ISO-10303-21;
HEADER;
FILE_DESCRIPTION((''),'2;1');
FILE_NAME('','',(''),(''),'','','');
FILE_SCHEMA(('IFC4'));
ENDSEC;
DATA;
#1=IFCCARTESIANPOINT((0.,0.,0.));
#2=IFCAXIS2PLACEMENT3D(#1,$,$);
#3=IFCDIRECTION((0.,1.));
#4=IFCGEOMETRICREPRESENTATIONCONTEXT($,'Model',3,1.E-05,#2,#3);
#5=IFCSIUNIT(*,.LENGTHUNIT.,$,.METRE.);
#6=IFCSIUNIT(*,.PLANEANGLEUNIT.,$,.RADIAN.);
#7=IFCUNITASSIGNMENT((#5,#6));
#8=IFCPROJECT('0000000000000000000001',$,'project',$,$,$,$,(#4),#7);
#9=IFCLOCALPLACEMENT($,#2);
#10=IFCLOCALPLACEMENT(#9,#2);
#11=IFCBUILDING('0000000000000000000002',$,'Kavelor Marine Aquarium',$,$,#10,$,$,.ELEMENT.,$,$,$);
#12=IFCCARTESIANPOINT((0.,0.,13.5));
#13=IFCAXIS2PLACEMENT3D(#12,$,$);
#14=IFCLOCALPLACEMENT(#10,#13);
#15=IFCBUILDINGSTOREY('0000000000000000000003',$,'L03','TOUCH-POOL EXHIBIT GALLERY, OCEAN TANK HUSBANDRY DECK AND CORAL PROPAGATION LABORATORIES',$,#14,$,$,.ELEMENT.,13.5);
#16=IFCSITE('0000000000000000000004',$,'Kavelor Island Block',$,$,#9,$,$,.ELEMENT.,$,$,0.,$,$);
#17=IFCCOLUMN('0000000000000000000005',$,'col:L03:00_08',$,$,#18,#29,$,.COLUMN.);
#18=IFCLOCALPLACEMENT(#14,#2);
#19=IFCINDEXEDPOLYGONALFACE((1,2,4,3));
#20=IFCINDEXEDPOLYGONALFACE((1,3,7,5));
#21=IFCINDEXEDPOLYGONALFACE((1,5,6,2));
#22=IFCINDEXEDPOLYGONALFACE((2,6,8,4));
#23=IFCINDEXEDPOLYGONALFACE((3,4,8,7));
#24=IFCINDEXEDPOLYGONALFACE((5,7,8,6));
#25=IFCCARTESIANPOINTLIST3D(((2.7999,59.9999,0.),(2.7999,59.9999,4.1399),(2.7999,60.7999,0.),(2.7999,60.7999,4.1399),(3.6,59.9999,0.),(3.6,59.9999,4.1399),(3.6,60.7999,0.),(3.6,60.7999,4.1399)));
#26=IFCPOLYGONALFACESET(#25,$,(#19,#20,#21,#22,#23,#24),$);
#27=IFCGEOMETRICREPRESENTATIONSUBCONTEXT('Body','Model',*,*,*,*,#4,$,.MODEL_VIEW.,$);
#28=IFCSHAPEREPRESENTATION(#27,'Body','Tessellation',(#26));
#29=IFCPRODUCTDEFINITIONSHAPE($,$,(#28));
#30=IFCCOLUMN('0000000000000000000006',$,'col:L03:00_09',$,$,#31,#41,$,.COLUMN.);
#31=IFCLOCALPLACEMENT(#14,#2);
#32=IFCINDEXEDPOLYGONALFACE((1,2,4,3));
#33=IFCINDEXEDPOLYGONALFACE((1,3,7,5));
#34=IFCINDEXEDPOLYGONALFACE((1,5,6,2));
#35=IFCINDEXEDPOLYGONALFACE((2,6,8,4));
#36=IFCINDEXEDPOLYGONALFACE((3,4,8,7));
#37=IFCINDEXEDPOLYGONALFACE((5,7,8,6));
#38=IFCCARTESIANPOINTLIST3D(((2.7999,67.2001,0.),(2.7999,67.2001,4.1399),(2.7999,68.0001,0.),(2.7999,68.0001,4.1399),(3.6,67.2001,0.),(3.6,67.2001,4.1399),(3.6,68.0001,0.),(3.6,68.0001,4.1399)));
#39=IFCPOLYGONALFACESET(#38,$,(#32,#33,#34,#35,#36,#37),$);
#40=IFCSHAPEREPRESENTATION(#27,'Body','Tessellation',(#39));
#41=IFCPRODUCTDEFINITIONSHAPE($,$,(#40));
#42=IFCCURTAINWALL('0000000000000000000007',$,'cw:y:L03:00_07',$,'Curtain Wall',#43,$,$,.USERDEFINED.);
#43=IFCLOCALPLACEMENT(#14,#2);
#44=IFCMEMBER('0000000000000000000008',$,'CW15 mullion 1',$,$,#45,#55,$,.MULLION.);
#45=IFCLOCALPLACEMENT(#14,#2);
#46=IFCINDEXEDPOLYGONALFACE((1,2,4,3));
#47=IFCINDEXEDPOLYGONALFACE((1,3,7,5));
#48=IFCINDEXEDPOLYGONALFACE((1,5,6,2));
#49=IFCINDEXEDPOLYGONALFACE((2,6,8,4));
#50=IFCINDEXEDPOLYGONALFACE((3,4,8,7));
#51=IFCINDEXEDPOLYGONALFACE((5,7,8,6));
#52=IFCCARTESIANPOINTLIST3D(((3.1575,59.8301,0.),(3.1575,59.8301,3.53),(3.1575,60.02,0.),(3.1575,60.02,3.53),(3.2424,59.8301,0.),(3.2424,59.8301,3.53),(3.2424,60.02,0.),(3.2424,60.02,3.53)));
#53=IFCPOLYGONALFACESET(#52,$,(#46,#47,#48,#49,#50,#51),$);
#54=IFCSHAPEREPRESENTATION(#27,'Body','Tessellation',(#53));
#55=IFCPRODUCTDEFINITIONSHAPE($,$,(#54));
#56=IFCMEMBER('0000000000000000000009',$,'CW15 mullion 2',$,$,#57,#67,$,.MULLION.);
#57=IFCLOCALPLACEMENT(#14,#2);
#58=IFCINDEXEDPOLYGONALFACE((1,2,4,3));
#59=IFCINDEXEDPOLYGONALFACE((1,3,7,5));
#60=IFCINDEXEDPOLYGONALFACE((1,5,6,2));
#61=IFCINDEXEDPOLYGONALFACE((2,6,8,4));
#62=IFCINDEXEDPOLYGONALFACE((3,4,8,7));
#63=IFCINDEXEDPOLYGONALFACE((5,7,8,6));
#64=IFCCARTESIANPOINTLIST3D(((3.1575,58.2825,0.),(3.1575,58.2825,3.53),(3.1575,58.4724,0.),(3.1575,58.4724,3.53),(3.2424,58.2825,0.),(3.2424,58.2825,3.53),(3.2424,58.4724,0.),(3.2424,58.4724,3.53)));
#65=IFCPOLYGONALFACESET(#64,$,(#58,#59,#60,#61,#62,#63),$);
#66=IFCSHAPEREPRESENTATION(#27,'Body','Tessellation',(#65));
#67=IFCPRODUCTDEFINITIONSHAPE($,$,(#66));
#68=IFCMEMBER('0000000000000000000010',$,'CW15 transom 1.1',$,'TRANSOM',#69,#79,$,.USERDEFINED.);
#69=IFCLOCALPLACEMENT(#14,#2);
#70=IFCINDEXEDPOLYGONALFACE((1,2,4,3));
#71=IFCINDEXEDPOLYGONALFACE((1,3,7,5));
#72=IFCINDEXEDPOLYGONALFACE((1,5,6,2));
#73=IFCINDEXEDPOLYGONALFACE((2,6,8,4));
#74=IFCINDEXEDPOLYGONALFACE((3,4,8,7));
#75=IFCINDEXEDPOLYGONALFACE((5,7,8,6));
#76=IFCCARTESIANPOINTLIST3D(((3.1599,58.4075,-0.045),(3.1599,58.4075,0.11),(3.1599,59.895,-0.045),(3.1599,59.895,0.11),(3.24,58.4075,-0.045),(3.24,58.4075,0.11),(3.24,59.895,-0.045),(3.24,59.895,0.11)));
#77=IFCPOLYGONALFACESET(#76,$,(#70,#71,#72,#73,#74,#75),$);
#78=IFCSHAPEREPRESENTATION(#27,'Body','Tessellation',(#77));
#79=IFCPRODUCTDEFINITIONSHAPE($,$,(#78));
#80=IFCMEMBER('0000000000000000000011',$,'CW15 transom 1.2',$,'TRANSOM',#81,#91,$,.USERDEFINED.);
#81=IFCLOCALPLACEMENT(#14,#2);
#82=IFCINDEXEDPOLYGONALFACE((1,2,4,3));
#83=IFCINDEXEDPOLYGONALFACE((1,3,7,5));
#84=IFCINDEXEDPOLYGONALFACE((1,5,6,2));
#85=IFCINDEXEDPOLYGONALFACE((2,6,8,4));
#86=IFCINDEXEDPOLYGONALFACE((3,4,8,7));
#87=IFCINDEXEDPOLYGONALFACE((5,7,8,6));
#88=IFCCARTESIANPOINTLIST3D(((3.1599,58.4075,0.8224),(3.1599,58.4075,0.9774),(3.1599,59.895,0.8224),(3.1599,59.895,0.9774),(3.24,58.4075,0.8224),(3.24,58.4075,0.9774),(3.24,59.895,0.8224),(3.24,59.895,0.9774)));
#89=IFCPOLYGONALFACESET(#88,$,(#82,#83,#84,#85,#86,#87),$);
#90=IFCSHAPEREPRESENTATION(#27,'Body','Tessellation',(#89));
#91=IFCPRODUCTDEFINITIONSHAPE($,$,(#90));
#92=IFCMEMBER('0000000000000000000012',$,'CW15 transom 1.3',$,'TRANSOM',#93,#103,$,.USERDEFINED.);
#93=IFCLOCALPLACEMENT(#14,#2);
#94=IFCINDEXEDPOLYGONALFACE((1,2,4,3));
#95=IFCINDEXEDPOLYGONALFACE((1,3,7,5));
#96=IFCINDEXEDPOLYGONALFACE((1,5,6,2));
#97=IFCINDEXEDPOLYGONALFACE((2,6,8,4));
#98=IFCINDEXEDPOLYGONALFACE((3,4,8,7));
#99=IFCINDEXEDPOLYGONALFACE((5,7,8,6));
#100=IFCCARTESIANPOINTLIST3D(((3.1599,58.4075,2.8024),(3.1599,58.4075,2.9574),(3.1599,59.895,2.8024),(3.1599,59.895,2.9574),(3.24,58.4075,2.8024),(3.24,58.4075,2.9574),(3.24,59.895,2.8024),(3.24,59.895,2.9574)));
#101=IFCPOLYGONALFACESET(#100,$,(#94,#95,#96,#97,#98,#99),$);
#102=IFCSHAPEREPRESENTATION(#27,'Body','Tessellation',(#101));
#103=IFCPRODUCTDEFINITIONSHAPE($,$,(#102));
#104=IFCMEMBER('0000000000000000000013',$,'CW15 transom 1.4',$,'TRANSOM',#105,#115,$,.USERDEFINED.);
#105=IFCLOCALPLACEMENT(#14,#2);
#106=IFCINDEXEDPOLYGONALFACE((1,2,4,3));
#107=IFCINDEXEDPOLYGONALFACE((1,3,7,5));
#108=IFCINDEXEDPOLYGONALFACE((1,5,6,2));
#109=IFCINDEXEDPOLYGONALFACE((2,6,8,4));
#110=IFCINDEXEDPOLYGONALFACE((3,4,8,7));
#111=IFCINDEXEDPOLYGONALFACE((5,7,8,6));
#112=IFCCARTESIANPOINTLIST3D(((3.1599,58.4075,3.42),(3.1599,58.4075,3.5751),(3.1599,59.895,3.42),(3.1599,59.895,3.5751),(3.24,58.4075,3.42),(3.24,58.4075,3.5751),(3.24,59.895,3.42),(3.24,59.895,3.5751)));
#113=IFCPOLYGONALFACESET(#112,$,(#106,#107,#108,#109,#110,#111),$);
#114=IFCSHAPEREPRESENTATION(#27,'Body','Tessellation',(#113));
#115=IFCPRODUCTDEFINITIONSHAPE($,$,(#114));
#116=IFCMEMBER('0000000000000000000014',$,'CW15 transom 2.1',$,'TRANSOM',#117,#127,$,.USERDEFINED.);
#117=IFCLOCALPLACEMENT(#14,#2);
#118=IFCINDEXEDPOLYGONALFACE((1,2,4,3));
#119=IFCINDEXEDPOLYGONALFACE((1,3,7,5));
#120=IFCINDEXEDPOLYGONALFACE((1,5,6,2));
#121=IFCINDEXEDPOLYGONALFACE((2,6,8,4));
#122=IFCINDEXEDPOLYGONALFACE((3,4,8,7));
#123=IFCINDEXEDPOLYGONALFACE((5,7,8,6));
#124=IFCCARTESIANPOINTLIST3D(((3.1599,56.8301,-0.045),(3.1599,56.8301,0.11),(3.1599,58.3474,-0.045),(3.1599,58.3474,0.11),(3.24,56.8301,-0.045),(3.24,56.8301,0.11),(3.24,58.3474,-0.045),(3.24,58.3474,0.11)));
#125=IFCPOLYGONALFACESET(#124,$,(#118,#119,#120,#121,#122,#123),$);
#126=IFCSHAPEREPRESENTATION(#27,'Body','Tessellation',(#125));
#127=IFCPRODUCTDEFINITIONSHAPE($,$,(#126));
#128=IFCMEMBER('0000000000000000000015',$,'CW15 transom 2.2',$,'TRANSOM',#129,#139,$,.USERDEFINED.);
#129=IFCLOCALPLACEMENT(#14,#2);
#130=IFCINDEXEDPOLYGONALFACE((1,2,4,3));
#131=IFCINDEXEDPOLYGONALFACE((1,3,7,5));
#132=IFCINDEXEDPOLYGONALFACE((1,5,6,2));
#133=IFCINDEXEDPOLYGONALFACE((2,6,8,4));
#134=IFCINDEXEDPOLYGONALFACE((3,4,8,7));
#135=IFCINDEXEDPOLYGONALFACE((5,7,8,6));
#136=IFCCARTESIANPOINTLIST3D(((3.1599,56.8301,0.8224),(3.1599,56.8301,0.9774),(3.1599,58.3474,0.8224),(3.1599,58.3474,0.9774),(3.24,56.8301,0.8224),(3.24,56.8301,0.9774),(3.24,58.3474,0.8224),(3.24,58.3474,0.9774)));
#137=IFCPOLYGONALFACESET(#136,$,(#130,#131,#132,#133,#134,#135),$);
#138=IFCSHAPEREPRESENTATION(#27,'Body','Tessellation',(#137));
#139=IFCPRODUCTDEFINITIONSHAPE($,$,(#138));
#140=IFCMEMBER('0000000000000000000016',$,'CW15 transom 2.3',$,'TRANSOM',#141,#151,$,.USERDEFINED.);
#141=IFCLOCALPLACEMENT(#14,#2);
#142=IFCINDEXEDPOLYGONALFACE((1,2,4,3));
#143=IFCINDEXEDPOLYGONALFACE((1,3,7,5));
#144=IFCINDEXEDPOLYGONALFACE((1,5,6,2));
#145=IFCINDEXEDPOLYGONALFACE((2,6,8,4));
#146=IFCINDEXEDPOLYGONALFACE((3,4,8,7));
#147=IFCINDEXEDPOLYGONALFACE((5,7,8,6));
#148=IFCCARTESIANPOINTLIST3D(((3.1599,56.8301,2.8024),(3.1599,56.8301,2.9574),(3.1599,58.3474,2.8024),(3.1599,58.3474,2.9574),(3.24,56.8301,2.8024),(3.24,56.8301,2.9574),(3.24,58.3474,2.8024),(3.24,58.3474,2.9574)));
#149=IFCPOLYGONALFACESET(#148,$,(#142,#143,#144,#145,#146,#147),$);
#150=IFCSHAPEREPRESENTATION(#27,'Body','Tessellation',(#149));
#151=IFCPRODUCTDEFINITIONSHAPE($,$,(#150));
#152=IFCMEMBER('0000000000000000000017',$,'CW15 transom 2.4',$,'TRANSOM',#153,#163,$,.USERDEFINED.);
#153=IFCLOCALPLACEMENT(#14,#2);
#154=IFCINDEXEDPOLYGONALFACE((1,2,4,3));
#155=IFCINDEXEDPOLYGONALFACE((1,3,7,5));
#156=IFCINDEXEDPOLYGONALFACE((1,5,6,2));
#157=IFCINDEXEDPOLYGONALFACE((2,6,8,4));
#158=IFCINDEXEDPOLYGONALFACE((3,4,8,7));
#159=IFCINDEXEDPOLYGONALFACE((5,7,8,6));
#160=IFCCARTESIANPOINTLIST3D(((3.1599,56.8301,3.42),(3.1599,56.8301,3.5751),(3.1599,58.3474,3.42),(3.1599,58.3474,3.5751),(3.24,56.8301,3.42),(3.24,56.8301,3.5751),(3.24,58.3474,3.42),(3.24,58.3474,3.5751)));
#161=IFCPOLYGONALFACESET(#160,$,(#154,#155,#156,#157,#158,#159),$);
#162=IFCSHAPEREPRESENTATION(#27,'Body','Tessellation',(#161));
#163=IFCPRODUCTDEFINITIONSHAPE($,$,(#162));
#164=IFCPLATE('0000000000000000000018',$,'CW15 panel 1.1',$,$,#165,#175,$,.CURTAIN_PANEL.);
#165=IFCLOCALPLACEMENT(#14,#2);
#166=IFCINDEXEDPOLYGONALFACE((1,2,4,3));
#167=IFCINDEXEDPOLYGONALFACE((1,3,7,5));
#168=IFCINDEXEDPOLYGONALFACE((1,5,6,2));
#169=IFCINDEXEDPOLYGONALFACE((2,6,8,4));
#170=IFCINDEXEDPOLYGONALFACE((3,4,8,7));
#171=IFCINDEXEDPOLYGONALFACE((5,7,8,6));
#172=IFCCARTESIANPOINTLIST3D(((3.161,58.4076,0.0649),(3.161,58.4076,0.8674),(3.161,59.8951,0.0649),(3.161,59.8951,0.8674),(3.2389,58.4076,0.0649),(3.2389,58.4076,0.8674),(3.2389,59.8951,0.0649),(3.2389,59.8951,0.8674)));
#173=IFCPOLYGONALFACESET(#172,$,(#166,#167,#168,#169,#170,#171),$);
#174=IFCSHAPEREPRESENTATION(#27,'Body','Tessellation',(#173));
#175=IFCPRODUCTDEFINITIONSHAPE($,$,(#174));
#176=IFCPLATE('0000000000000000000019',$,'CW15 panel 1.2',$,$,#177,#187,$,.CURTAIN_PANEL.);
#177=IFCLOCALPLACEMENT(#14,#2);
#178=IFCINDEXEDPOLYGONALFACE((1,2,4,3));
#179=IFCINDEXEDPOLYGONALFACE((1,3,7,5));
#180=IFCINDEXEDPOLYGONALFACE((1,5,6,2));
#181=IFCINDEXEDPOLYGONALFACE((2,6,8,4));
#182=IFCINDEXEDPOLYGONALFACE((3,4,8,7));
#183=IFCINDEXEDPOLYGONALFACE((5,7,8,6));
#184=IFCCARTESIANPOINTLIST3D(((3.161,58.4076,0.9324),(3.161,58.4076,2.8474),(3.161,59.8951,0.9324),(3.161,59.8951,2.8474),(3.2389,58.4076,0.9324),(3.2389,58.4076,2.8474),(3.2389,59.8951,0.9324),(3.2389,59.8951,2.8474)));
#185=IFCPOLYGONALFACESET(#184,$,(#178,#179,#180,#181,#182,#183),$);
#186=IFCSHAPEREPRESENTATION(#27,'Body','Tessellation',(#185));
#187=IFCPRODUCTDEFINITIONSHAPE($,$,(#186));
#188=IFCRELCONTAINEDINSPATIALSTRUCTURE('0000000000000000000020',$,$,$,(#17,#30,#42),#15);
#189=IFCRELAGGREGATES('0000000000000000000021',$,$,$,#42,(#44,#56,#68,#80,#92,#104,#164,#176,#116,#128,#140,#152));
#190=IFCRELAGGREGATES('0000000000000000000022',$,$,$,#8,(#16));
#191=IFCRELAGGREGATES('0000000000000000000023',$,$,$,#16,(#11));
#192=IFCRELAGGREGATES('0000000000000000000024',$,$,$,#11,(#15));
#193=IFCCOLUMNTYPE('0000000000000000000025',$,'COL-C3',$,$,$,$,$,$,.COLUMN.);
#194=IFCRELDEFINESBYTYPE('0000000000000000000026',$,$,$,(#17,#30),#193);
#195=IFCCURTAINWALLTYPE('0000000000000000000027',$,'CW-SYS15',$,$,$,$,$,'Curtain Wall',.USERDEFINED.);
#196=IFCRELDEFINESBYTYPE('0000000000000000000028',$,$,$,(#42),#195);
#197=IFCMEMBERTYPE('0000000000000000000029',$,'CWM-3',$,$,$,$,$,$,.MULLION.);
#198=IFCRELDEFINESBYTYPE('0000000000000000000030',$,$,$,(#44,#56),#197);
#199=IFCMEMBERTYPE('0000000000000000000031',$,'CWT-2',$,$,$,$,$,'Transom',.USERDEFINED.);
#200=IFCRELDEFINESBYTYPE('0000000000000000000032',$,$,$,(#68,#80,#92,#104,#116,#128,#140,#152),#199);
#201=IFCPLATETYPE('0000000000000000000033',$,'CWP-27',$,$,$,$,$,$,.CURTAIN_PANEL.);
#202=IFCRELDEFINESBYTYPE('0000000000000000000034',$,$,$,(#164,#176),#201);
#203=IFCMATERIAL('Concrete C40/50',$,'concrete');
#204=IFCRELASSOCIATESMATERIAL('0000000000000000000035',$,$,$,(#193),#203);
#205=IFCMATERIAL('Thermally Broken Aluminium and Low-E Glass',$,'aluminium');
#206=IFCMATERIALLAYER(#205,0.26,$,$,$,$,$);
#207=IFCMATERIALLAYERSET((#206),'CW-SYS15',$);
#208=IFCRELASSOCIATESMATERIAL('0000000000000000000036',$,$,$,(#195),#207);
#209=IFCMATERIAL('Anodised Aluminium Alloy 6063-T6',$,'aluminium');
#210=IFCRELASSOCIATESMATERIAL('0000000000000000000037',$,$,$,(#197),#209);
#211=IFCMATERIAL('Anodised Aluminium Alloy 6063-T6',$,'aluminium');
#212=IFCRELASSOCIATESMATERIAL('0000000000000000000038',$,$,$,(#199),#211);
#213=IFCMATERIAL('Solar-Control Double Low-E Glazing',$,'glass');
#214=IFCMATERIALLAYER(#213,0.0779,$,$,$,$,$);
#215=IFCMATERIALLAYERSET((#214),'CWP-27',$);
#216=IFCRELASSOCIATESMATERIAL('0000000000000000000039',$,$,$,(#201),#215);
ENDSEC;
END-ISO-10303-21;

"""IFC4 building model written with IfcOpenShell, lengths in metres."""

from ifc_helpers import new_model, si_unit, direction, frame, origin, origin_2d, place, context, subcontext, project, spatial, rectangle, extrude, material, layer, layer_set, material_profile, profile_set, type_object, element, aggregate, save


model = new_model("IFC4")

# Units and contexts
model_context = context("Model", 3, precision=1e-05, world=origin(), true_north=direction((0.0, 1.0)))
body_context = subcontext(model_context, "Body", "Model", "MODEL_VIEW")
ifc_project = project(units=[si_unit("LENGTHUNIT", "METRE"), si_unit("PLANEANGLEUNIT", "RADIAN")], contexts=[model_context])

# Site, building, storey
site_placement = place(None, origin())
site = spatial("IfcSite", under=ifc_project, at=site_placement, Name="Kavelor Island Block", CompositionType="ELEMENT", RefElevation=0.0)
building_placement = place(site_placement, origin())
building = spatial("IfcBuilding", under=site, at=building_placement, Name="Kavelor Marine Aquarium", CompositionType="ELEMENT")
storey_placement = place(building_placement, frame((0.0, 0.0, 13.5)))
storey = spatial("IfcBuildingStorey", under=building, at=storey_placement, Name="L03", Description="TOUCH-POOL EXHIBIT GALLERY, OCEAN TANK HUSBANDRY DECK AND CORAL PROPAGATION LABORATORIES", CompositionType="ELEMENT", Elevation=13.5)

# Columns
ifc_material_1 = material(Name="Concrete C40/50", Category="concrete")
ifc_material_profile_1 = material_profile(ifc_material_1, rectangle(XDim=0.8, YDim=0.8, at=origin_2d()), Name="RC-COL 800x800")
ifc_profile_set_1 = profile_set([ifc_material_profile_1], Name="Concrete C40/50")
column_type = type_object("IfcColumnType", Name="COL-C3", PredefinedType="COLUMN", material=ifc_profile_set_1)
for number, where, z_axis, x_axis, name in (
    (1, (3.2, 60.3999, 0.0), (0.0, 0.0, 1.0), (1.0, 0.0, 0.0), "col:L03:00_08"),
    (2, (3.2, 67.6001, 0.0), (0.0, 0.0, 1.0), (1.0, 0.0, 0.0), "col:L03:00_09"),
):
    element("IfcColumn", number, at=place(storey_placement, frame(where, z_axis=z_axis, x_axis=x_axis)), inside=storey, type_object=column_type, Name=name, PredefinedType="COLUMN", context=body_context, shape_type="SweptSolid", body=[
        extrude(rectangle(XDim=0.8, YDim=0.8, at=origin_2d()), origin(), (0.0, 0.0, 1.0), 4.1399),
    ])

# Curtain wall, members, plates
ifc_material_2 = material(Name="Thermally Broken Aluminium and Low-E Glass", Category="aluminium")
ifc_layer_1 = layer(ifc_material_2, 0.26)
ifc_layer_set_1 = layer_set([ifc_layer_1], Name="CW-SYS15")
curtain_wall_type = type_object("IfcCurtainWallType", Name="CW-SYS15", ElementType="Curtain Wall", PredefinedType="USERDEFINED", material=ifc_layer_set_1)
curtain_wall_placement = place(storey_placement, origin())
curtain_wall = element("IfcCurtainWall", 3, at=curtain_wall_placement, inside=storey, type_object=curtain_wall_type, Name="cw:y:L03:00_07", ObjectType="Curtain Wall", PredefinedType="USERDEFINED")
ifc_material_3 = material(Name="Anodised Aluminium Alloy 6063-T6", Category="aluminium")
ifc_material_profile_2 = material_profile(ifc_material_3, rectangle(XDim=0.085, YDim=0.1899, at=origin_2d()), Name="CW-MUL 85x190")
ifc_profile_set_2 = profile_set([ifc_material_profile_2], Name="Anodised Aluminium Alloy 6063-T6")
member_type_1 = type_object("IfcMemberType", Name="CWM-3", PredefinedType="MULLION", material=ifc_profile_set_2)
member_1_placement = place(storey_placement, frame((3.2, 59.925, 0.0), z_axis=(0.0, 0.0, 1.0), x_axis=(1.0, 0.0, 0.0)))
member_1 = element("IfcMember", 4, at=member_1_placement, type_object=member_type_1, Name="CW15 mullion 1", PredefinedType="MULLION", context=body_context, shape_type="SweptSolid", body=[
    extrude(rectangle(XDim=0.085, YDim=0.1899, at=origin_2d()), origin(), (0.0, 0.0, 1.0), 3.53),
])
member_2_placement = place(storey_placement, frame((3.2, 58.3774, 0.0), z_axis=(0.0, 0.0, 1.0), x_axis=(1.0, 0.0, 0.0)))
member_2 = element("IfcMember", 5, at=member_2_placement, type_object=member_type_1, Name="CW15 mullion 2", PredefinedType="MULLION", context=body_context, shape_type="SweptSolid", body=[
    extrude(rectangle(XDim=0.085, YDim=0.1899, at=origin_2d()), origin(), (0.0, 0.0, 1.0), 3.53),
])
ifc_material_4 = material(Name="Anodised Aluminium Alloy 6063-T6", Category="aluminium")
ifc_material_profile_3 = material_profile(ifc_material_4, rectangle(XDim=0.0801, YDim=0.155, at=origin_2d()), Name="CW-TRN 80x155")
ifc_profile_set_3 = profile_set([ifc_material_profile_3], Name="Anodised Aluminium Alloy 6063-T6")
member_type_2 = type_object("IfcMemberType", Name="CWT-2", ElementType="Transom", PredefinedType="USERDEFINED", material=ifc_profile_set_3)
member_3_placement = place(storey_placement, frame((3.2, 59.895, 0.0325), z_axis=(0.0, -1.0, 0.0), x_axis=(1.0, 0.0, 0.0)))
member_3 = element("IfcMember", 6, at=member_3_placement, type_object=member_type_2, Name="CW15 transom 1.1", ObjectType="TRANSOM", PredefinedType="USERDEFINED", context=body_context, shape_type="SweptSolid", body=[
    extrude(rectangle(XDim=0.0801, YDim=0.155, at=origin_2d()), origin(), (0.0, 0.0, 1.0), 1.4875),
])
member_4_placement = place(storey_placement, frame((3.2, 59.895, 0.8999), z_axis=(0.0, -1.0, 0.0), x_axis=(1.0, 0.0, 0.0)))
member_4 = element("IfcMember", 7, at=member_4_placement, type_object=member_type_2, Name="CW15 transom 1.2", ObjectType="TRANSOM", PredefinedType="USERDEFINED", context=body_context, shape_type="SweptSolid", body=[
    extrude(rectangle(XDim=0.0801, YDim=0.155, at=origin_2d()), origin(), (0.0, 0.0, 1.0), 1.4875),
])
member_5_placement = place(storey_placement, frame((3.2, 59.895, 2.8799), z_axis=(0.0, -1.0, 0.0), x_axis=(1.0, 0.0, 0.0)))
member_5 = element("IfcMember", 8, at=member_5_placement, type_object=member_type_2, Name="CW15 transom 1.3", ObjectType="TRANSOM", PredefinedType="USERDEFINED", context=body_context, shape_type="SweptSolid", body=[
    extrude(rectangle(XDim=0.0801, YDim=0.155, at=origin_2d()), origin(), (0.0, 0.0, 1.0), 1.4875),
])
member_6_placement = place(storey_placement, frame((3.2, 59.895, 3.4976), z_axis=(0.0, -1.0, 0.0), x_axis=(1.0, 0.0, 0.0)))
member_6 = element("IfcMember", 9, at=member_6_placement, type_object=member_type_2, Name="CW15 transom 1.4", ObjectType="TRANSOM", PredefinedType="USERDEFINED", context=body_context, shape_type="SweptSolid", body=[
    extrude(rectangle(XDim=0.0801, YDim=0.155, at=origin_2d()), origin(), (0.0, 0.0, 1.0), 1.4875),
])
member_7_placement = place(storey_placement, frame((3.2, 58.3474, 0.0325), z_axis=(0.0, -1.0, 0.0), x_axis=(1.0, 0.0, 0.0)))
member_7 = element("IfcMember", 10, at=member_7_placement, type_object=member_type_2, Name="CW15 transom 2.1", ObjectType="TRANSOM", PredefinedType="USERDEFINED", context=body_context, shape_type="SweptSolid", body=[
    extrude(rectangle(XDim=0.0801, YDim=0.155, at=origin_2d()), origin(), (0.0, 0.0, 1.0), 1.5173),
])
member_8_placement = place(storey_placement, frame((3.2, 58.3474, 0.8999), z_axis=(0.0, -1.0, 0.0), x_axis=(1.0, 0.0, 0.0)))
member_8 = element("IfcMember", 11, at=member_8_placement, type_object=member_type_2, Name="CW15 transom 2.2", ObjectType="TRANSOM", PredefinedType="USERDEFINED", context=body_context, shape_type="SweptSolid", body=[
    extrude(rectangle(XDim=0.0801, YDim=0.155, at=origin_2d()), origin(), (0.0, 0.0, 1.0), 1.5173),
])
member_9_placement = place(storey_placement, frame((3.2, 58.3474, 2.8799), z_axis=(0.0, -1.0, 0.0), x_axis=(1.0, 0.0, 0.0)))
member_9 = element("IfcMember", 12, at=member_9_placement, type_object=member_type_2, Name="CW15 transom 2.3", ObjectType="TRANSOM", PredefinedType="USERDEFINED", context=body_context, shape_type="SweptSolid", body=[
    extrude(rectangle(XDim=0.0801, YDim=0.155, at=origin_2d()), origin(), (0.0, 0.0, 1.0), 1.5173),
])
member_10_placement = place(storey_placement, frame((3.2, 58.3474, 3.4976), z_axis=(0.0, -1.0, 0.0), x_axis=(1.0, 0.0, 0.0)))
member_10 = element("IfcMember", 13, at=member_10_placement, type_object=member_type_2, Name="CW15 transom 2.4", ObjectType="TRANSOM", PredefinedType="USERDEFINED", context=body_context, shape_type="SweptSolid", body=[
    extrude(rectangle(XDim=0.0801, YDim=0.155, at=origin_2d()), origin(), (0.0, 0.0, 1.0), 1.5173),
])
ifc_material_5 = material(Name="Solar-Control Double Low-E Glazing", Category="glass")
ifc_layer_2 = layer(ifc_material_5, 0.0779)
ifc_layer_set_2 = layer_set([ifc_layer_2], Name="CWP-27")
plate_type = type_object("IfcPlateType", Name="CWP-27", PredefinedType="CURTAIN_PANEL", material=ifc_layer_set_2)
plate_1_placement = place(storey_placement, frame((3.2, 59.1514, 0.0649), z_axis=(0.0, 0.0, 1.0), x_axis=(0.0, -1.0, 0.0)))
plate_1 = element("IfcPlate", 14, at=plate_1_placement, type_object=plate_type, Name="CW15 panel 1.1", PredefinedType="CURTAIN_PANEL", context=body_context, shape_type="SweptSolid", body=[
    extrude(rectangle(XDim=1.4875, YDim=0.0779, at=origin_2d()), origin(), (0.0, 0.0, 1.0), 0.8025),
])
plate_2_placement = place(storey_placement, frame((3.2, 59.1514, 0.9324), z_axis=(0.0, 0.0, 1.0), x_axis=(0.0, -1.0, 0.0)))
plate_2 = element("IfcPlate", 15, at=plate_2_placement, type_object=plate_type, Name="CW15 panel 1.2", PredefinedType="CURTAIN_PANEL", context=body_context, shape_type="SweptSolid", body=[
    extrude(rectangle(XDim=1.4875, YDim=0.0779, at=origin_2d()), origin(), (0.0, 0.0, 1.0), 1.915),
])
aggregate(curtain_wall, [member_1, member_2, member_3, member_4, member_5, member_6, plate_1, plate_2, member_7, member_8, member_9, member_10])

save(model, "model.ifc")
